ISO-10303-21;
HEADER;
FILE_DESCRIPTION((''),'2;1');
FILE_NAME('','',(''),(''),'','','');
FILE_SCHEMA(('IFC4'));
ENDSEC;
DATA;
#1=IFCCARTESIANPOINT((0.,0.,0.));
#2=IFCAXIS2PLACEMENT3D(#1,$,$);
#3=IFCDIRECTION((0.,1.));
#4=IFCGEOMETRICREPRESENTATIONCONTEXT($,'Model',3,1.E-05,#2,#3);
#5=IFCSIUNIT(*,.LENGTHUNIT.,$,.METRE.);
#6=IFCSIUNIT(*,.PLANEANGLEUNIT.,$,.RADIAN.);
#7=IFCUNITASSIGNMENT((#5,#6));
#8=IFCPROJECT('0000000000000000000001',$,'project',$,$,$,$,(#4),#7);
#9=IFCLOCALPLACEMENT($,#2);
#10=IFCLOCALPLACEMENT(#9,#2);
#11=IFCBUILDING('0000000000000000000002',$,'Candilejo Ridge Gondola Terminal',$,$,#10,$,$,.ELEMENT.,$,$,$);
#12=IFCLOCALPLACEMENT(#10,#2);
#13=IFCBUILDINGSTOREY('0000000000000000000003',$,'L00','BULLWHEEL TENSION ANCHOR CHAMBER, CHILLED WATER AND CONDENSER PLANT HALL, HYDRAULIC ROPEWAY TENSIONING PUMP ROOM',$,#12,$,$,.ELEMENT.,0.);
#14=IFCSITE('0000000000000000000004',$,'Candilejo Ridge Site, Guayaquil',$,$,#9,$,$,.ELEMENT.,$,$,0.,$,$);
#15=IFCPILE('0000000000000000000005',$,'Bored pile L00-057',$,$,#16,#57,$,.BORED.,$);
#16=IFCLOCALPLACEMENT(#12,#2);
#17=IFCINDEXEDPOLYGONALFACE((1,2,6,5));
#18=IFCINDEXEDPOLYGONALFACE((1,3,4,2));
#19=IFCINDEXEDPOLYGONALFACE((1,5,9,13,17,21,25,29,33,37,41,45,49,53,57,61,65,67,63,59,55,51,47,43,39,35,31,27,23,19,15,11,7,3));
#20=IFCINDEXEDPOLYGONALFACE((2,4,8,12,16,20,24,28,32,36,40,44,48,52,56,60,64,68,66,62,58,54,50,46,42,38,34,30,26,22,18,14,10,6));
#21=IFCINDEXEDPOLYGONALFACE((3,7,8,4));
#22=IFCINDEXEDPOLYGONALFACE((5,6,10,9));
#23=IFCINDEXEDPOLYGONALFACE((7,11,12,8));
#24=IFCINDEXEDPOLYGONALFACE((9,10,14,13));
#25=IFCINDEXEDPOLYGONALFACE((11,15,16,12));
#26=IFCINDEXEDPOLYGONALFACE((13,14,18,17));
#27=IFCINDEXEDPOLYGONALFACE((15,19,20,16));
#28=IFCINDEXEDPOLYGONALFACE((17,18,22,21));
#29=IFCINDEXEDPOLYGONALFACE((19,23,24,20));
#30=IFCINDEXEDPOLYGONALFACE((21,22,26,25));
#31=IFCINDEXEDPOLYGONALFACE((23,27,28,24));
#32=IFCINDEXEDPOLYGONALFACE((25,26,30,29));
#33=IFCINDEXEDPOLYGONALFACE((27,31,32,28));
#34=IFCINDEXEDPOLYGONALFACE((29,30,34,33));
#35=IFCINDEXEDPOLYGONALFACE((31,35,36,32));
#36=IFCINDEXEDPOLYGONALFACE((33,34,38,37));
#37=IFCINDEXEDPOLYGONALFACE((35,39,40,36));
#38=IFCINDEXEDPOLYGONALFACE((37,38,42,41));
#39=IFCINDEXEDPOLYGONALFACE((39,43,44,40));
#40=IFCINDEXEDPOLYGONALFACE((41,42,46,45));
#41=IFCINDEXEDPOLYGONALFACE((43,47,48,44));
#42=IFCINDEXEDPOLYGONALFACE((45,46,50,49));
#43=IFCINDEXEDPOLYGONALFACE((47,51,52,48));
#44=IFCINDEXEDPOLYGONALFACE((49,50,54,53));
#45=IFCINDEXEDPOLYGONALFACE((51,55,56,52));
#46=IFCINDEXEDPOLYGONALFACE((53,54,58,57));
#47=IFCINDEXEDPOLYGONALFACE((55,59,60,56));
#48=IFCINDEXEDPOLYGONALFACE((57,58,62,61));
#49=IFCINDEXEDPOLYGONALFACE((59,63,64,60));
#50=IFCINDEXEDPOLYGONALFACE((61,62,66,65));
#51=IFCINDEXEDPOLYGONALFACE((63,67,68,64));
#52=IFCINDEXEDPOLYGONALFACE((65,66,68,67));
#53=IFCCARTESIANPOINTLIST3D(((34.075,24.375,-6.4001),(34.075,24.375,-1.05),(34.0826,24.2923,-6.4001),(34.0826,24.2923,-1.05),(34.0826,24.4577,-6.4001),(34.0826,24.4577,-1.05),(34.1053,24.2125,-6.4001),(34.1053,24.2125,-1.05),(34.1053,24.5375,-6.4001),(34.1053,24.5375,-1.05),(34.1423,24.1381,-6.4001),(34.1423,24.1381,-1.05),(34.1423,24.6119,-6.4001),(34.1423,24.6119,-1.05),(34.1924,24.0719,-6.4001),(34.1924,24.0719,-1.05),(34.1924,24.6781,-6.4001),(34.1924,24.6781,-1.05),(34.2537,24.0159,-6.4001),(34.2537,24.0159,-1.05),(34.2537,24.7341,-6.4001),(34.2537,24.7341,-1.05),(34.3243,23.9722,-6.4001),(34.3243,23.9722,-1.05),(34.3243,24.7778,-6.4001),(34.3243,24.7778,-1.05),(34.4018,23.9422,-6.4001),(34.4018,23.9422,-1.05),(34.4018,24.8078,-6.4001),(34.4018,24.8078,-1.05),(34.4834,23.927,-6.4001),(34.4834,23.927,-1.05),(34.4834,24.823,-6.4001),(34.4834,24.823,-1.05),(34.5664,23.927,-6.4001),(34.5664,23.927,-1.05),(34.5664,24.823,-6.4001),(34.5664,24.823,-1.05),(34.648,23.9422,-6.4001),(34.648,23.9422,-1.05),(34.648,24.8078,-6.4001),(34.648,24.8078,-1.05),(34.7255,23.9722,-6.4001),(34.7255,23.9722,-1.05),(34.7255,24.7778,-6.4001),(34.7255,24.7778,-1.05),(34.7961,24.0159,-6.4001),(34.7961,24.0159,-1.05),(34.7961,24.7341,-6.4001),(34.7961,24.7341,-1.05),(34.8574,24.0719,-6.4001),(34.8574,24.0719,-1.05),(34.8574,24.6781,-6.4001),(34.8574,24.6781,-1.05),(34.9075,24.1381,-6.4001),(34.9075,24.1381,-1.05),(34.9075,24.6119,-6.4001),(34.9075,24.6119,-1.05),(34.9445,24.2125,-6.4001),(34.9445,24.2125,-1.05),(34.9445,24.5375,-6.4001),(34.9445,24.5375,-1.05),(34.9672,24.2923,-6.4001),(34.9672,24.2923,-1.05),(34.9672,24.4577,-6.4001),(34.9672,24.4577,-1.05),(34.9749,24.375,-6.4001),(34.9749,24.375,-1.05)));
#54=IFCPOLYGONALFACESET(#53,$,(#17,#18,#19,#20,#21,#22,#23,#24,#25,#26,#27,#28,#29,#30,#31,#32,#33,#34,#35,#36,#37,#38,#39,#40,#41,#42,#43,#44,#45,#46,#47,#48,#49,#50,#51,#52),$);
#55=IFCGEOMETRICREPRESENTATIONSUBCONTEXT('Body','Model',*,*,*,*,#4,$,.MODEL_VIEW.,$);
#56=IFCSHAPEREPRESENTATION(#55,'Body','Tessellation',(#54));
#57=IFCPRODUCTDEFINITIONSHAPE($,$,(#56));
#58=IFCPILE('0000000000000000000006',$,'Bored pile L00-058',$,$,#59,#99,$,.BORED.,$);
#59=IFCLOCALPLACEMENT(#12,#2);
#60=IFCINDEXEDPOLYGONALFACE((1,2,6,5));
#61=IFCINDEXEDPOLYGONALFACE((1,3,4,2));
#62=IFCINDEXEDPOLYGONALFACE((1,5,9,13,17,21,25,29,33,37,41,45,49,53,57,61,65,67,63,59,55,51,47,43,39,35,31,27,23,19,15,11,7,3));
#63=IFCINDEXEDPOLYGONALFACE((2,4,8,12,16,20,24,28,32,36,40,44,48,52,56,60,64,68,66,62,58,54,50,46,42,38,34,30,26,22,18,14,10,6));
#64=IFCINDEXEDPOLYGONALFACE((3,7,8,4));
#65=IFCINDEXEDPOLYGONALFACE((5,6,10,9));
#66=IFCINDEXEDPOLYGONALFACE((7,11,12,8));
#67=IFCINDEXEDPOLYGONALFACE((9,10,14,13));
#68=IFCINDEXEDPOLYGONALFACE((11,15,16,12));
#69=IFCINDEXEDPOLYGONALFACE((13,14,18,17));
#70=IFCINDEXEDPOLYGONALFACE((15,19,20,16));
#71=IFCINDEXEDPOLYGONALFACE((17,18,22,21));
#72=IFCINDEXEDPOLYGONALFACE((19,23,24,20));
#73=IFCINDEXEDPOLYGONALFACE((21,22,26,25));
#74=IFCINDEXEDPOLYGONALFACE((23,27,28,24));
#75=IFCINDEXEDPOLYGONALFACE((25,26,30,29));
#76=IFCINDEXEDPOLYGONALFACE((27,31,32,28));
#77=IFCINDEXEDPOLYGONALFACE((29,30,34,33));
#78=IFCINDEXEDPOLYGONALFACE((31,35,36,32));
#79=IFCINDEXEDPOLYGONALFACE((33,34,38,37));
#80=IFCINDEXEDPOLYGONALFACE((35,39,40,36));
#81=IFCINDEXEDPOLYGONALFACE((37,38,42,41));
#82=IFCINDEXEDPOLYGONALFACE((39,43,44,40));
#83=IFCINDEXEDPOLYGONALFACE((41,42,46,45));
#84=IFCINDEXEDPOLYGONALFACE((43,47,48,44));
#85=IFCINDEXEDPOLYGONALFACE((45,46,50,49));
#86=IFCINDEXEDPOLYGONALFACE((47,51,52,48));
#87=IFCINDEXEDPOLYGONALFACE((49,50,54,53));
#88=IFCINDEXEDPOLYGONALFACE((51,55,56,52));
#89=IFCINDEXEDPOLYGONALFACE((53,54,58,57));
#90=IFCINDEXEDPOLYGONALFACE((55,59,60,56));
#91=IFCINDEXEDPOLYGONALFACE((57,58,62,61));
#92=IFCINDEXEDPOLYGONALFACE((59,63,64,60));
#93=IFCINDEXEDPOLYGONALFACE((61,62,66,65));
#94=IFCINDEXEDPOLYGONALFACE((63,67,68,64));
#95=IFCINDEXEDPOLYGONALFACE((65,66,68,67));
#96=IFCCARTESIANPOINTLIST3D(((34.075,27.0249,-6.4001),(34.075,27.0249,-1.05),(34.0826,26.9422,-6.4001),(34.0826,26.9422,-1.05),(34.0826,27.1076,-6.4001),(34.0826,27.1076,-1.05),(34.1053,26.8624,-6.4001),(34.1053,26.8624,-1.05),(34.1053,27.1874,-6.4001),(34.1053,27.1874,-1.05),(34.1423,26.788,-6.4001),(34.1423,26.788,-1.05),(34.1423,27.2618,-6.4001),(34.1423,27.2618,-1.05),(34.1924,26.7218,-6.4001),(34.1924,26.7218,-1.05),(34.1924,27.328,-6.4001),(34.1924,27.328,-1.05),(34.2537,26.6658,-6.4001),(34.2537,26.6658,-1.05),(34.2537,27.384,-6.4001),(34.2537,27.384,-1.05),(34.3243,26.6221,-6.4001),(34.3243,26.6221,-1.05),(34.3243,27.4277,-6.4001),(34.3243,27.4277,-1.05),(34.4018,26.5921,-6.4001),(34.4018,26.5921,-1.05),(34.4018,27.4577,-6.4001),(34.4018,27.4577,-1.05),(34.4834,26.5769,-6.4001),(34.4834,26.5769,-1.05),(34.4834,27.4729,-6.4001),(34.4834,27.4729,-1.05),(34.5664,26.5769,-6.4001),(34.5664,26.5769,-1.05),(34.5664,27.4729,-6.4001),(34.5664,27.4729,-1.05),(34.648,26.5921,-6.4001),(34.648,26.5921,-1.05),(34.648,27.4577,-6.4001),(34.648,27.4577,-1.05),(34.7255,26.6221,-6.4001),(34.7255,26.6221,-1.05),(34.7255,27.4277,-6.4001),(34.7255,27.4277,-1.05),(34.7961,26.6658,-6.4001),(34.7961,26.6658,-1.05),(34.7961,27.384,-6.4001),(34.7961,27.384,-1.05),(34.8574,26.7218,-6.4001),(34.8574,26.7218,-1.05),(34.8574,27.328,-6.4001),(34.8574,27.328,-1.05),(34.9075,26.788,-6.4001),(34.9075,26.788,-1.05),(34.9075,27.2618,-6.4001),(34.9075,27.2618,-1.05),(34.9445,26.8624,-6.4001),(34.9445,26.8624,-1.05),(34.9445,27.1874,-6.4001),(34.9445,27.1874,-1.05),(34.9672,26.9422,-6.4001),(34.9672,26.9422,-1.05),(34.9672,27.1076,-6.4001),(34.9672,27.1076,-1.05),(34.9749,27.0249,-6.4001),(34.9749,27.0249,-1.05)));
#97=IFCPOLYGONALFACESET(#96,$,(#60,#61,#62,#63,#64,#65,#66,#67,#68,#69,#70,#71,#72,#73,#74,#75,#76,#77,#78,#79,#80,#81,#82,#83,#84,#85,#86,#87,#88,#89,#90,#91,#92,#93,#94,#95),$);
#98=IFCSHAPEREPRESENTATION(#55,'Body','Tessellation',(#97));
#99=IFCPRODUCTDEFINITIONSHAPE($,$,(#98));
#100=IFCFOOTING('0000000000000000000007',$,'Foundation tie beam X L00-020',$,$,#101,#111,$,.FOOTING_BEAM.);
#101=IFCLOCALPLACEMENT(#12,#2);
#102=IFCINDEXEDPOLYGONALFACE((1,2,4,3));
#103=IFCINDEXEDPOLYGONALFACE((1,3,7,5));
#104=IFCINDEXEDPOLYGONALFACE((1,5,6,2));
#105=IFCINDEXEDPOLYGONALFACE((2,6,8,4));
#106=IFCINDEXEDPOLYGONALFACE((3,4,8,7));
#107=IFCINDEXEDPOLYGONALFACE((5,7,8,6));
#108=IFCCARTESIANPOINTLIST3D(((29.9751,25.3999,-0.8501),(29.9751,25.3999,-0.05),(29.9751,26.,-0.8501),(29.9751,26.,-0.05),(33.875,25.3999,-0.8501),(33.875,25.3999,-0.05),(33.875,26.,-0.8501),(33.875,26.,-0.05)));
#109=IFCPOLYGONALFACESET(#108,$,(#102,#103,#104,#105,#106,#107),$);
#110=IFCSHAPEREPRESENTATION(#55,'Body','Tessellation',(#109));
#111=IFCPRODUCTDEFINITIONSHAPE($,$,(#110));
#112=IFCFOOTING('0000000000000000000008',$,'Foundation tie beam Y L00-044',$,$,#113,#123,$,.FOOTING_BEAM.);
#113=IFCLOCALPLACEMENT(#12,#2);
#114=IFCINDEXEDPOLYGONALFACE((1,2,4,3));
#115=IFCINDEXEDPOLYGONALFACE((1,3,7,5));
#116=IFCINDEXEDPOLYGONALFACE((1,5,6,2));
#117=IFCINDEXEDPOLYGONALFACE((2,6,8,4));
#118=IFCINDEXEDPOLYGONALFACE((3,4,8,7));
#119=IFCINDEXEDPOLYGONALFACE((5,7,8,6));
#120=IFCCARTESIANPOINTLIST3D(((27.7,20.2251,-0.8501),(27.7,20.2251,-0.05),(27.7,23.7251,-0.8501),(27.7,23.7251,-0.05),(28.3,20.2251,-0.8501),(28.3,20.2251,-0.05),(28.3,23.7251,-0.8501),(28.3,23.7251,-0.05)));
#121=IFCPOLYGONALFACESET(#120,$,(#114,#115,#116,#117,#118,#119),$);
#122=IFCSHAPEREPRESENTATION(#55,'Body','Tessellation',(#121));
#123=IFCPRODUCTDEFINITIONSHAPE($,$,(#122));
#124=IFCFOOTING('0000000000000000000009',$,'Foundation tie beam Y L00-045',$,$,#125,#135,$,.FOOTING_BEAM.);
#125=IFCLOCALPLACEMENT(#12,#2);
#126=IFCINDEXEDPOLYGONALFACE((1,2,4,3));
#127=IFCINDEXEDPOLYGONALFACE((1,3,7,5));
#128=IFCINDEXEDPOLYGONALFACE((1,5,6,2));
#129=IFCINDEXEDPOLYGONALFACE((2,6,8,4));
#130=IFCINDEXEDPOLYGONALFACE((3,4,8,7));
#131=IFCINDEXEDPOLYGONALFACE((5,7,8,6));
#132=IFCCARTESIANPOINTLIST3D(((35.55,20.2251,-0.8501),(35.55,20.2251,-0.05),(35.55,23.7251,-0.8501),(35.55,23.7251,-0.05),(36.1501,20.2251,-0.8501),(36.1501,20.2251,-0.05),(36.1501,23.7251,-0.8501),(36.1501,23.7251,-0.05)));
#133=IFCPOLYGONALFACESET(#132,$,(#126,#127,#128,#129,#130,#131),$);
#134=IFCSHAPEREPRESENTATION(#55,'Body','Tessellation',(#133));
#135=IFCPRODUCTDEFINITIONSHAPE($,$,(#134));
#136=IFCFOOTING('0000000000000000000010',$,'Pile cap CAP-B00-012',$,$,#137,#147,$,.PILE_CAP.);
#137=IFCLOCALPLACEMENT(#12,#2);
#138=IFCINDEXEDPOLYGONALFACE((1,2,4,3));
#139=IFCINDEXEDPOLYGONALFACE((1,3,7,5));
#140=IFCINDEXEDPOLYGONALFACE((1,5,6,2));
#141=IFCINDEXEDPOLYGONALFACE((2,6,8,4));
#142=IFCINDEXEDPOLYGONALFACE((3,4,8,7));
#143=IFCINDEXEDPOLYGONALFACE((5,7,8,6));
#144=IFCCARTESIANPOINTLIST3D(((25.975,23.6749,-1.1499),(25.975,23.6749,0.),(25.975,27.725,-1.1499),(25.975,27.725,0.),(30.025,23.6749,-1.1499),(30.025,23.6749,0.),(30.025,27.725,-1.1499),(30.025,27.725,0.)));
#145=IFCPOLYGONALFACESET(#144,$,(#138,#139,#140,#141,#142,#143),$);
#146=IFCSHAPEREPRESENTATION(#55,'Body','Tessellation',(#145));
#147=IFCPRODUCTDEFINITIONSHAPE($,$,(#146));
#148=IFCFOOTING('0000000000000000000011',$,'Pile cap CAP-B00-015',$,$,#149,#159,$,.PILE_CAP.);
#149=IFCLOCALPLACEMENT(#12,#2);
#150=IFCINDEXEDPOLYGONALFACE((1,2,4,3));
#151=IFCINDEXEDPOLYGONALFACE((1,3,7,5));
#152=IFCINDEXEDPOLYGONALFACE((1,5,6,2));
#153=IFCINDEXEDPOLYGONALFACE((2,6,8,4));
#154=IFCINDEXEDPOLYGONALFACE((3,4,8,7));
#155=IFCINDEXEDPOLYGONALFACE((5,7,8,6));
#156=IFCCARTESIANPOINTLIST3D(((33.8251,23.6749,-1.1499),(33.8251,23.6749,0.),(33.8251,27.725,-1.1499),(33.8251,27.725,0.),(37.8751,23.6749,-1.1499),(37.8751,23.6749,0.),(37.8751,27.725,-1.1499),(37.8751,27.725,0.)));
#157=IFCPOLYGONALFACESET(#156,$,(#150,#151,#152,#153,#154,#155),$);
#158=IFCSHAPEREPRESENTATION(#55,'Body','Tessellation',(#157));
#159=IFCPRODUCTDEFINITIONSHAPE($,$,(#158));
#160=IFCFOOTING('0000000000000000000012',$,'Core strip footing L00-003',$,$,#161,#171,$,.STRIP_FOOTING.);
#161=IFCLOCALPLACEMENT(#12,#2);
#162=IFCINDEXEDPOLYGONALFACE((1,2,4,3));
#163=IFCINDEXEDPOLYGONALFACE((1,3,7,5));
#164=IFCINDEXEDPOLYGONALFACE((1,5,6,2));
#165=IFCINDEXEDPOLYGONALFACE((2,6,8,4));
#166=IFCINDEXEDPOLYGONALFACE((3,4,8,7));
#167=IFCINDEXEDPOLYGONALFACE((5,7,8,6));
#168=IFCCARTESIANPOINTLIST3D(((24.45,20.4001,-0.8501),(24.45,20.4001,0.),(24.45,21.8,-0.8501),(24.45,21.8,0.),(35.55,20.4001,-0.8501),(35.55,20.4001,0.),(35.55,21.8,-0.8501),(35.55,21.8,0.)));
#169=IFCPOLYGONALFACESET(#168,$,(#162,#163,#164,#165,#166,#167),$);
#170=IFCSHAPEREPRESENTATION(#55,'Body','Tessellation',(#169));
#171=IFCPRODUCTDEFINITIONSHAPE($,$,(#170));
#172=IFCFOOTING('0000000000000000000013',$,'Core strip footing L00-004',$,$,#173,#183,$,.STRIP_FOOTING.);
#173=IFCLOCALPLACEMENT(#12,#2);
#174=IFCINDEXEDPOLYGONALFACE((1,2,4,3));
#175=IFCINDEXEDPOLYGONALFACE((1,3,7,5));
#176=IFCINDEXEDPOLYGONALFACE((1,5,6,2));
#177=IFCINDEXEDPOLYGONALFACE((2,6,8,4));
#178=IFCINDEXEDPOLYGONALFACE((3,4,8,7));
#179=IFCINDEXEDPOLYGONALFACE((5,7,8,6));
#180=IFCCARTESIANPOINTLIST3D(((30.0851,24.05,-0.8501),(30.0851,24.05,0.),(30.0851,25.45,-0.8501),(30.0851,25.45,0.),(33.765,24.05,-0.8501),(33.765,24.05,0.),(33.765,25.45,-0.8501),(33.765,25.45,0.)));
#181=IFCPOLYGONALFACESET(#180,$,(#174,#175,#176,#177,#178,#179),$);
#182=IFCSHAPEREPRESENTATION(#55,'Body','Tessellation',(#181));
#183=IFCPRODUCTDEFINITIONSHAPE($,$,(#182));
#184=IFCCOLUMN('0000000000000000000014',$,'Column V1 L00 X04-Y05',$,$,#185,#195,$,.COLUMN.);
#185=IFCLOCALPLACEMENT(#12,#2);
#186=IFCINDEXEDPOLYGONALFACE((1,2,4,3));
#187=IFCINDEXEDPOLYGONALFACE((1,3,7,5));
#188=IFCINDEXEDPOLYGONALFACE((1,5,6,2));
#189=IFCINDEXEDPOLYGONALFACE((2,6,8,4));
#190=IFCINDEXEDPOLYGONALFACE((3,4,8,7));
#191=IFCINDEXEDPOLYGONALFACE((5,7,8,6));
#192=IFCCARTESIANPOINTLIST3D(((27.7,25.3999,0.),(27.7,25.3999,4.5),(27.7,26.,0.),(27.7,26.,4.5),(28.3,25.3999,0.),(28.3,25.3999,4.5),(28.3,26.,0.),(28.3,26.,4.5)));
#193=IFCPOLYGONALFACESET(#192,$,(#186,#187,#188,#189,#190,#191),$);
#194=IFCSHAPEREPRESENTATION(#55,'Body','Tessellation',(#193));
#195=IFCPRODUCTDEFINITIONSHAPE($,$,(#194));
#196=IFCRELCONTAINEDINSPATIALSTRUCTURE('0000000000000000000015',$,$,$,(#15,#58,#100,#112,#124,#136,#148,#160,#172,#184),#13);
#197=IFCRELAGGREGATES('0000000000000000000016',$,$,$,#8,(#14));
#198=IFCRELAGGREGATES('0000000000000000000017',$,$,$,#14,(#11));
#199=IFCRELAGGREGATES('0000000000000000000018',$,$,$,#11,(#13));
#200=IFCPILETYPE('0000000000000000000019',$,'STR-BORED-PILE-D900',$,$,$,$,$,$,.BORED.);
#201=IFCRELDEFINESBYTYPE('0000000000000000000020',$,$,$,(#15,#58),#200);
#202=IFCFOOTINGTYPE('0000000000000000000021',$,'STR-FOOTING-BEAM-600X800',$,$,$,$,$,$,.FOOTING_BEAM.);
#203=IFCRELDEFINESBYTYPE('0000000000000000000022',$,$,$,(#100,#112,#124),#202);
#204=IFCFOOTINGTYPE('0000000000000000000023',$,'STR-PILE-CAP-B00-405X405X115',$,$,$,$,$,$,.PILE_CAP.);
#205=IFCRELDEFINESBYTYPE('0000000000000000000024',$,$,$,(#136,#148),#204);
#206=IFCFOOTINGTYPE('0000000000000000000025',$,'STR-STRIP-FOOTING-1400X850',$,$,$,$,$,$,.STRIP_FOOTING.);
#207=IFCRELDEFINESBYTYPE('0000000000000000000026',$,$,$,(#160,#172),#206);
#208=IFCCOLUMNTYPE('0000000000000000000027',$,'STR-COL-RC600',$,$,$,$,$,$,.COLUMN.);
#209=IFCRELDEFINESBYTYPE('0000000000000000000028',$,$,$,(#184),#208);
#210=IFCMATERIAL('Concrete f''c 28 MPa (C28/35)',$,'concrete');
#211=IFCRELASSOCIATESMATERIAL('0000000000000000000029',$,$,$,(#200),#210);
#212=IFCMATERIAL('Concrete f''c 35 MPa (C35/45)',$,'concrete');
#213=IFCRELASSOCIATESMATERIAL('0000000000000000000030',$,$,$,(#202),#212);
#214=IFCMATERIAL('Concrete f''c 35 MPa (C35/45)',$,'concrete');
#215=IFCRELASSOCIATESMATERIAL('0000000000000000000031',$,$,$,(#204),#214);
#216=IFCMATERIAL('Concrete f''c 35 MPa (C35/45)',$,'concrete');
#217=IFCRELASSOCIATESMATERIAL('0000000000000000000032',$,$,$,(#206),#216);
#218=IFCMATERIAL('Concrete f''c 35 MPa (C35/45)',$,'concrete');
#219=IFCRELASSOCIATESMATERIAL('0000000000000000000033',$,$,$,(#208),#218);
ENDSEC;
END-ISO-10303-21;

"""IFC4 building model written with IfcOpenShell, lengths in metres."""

from ifc_helpers import new_model, si_unit, direction, frame, origin, origin_2d, place, context, subcontext, project, spatial, rectangle, circle, extrude, material, material_profile, profile_set, type_object, element, save


model = new_model("IFC4")

# Units and contexts
model_context = context("Model", 3, precision=1e-05, world=origin(), true_north=direction((0.0, 1.0)))
body_context = subcontext(model_context, "Body", "Model", "MODEL_VIEW")
ifc_project = project(units=[si_unit("LENGTHUNIT", "METRE"), si_unit("PLANEANGLEUNIT", "RADIAN")], contexts=[model_context])

# Site, building, storey
site_placement = place(None, origin())
site = spatial("IfcSite", under=ifc_project, at=site_placement, Name="Candilejo Ridge Site, Guayaquil", CompositionType="ELEMENT", RefElevation=0.0)
building_placement = place(site_placement, origin())
building = spatial("IfcBuilding", under=site, at=building_placement, Name="Candilejo Ridge Gondola Terminal", CompositionType="ELEMENT")
storey_placement = place(building_placement, origin())
storey = spatial("IfcBuildingStorey", under=building, at=storey_placement, Name="L00", Description="BULLWHEEL TENSION ANCHOR CHAMBER, CHILLED WATER AND CONDENSER PLANT HALL, HYDRAULIC ROPEWAY TENSIONING PUMP ROOM", CompositionType="ELEMENT", Elevation=0.0)

# Piles
ifc_material_1 = material(Name="Concrete f'c 28 MPa (C28/35)", Category="concrete")
ifc_material_profile_1 = material_profile(ifc_material_1, circle(Radius=0.45, at=origin_2d()))
ifc_profile_set_1 = profile_set([ifc_material_profile_1], Name="Concrete f'c 28 MPa (C28/35)")
pile_type = type_object("IfcPileType", Name="STR-BORED-PILE-D900", PredefinedType="BORED", material=ifc_profile_set_1)
for number, where, z_axis, x_axis, name in (
    (1, (34.5249, 24.375, -1.05), (0.0, 0.0, -1.0), (1.0, 0.0, 0.0), "Bored pile L00-057"),
    (2, (34.5249, 27.0249, -1.05), (0.0, 0.0, -1.0), (1.0, 0.0, 0.0), "Bored pile L00-058"),
):
    element("IfcPile", number, at=place(storey_placement, frame(where, z_axis=z_axis, x_axis=x_axis)), inside=storey, type_object=pile_type, Name=name, PredefinedType="BORED", context=body_context, shape_type="SweptSolid", body=[
        extrude(circle(Radius=0.45, at=origin_2d()), origin(), (0.0, 0.0, 1.0), 5.3501),
    ])

# Footings
ifc_material_2 = material(Name="Concrete f'c 35 MPa (C35/45)", Category="concrete")
footing_type_1 = type_object("IfcFootingType", Name="STR-FOOTING-BEAM-600X800", PredefinedType="FOOTING_BEAM", material=ifc_material_2)
footing_1_placement = place(storey_placement, frame((31.925, 25.7, -0.8501), z_axis=(0.0, 0.0, 1.0), x_axis=(1.0, 0.0, 0.0)))
element("IfcFooting", 3, at=footing_1_placement, inside=storey, type_object=footing_type_1, Name="Foundation tie beam X L00-020", PredefinedType="FOOTING_BEAM", context=body_context, shape_type="SweptSolid", body=[
    extrude(rectangle(XDim=3.8999, YDim=0.6001, at=origin_2d()), origin(), (0.0, 0.0, 1.0), 0.8),
])
for number, where, z_axis, x_axis, name in (
    (4, (28.0, 21.9751, -0.8501), (0.0, 0.0, 1.0), (1.0, 0.0, 0.0), "Foundation tie beam Y L00-044"),
    (5, (35.8501, 21.9751, -0.8501), (0.0, 0.0, 1.0), (1.0, 0.0, 0.0), "Foundation tie beam Y L00-045"),
):
    element("IfcFooting", number, at=place(storey_placement, frame(where, z_axis=z_axis, x_axis=x_axis)), inside=storey, type_object=footing_type_1, Name=name, PredefinedType="FOOTING_BEAM", context=body_context, shape_type="SweptSolid", body=[
        extrude(rectangle(XDim=0.6001, YDim=3.5, at=origin_2d()), origin(), (0.0, 0.0, 1.0), 0.8),
    ])
ifc_material_3 = material(Name="Concrete f'c 35 MPa (C35/45)", Category="concrete")
footing_type_2 = type_object("IfcFootingType", Name="STR-PILE-CAP-B00-405X405X115", PredefinedType="PILE_CAP", material=ifc_material_3)
for number, where, z_axis, x_axis, name in (
    (6, (28.0, 25.7, -1.1499), (0.0, 0.0, 1.0), (1.0, 0.0, 0.0), "Pile cap CAP-B00-012"),
    (7, (35.8501, 25.7, -1.1499), (0.0, 0.0, 1.0), (1.0, 0.0, 0.0), "Pile cap CAP-B00-015"),
):
    element("IfcFooting", number, at=place(storey_placement, frame(where, z_axis=z_axis, x_axis=x_axis)), inside=storey, type_object=footing_type_2, Name=name, PredefinedType="PILE_CAP", context=body_context, shape_type="SweptSolid", body=[
        extrude(rectangle(XDim=4.05, YDim=4.05, at=origin_2d()), origin(), (0.0, 0.0, 1.0), 1.1499),
    ])
ifc_material_4 = material(Name="Concrete f'c 35 MPa (C35/45)", Category="concrete")
footing_type_3 = type_object("IfcFootingType", Name="STR-STRIP-FOOTING-1400X850", PredefinedType="STRIP_FOOTING", material=ifc_material_4)
footing_2_placement = place(storey_placement, frame((30.0, 21.1001, -0.8501), z_axis=(0.0, 0.0, 1.0), x_axis=(1.0, 0.0, 0.0)))
element("IfcFooting", 8, at=footing_2_placement, inside=storey, type_object=footing_type_3, Name="Core strip footing L00-003", PredefinedType="STRIP_FOOTING", context=body_context, shape_type="SweptSolid", body=[
    extrude(rectangle(XDim=11.1001, YDim=1.3999, at=origin_2d()), origin(), (0.0, 0.0, 1.0), 0.8501),
])
footing_3_placement = place(storey_placement, frame((31.925, 24.75, -0.8501), z_axis=(0.0, 0.0, 1.0), x_axis=(1.0, 0.0, 0.0)))
element("IfcFooting", 9, at=footing_3_placement, inside=storey, type_object=footing_type_3, Name="Core strip footing L00-004", PredefinedType="STRIP_FOOTING", context=body_context, shape_type="SweptSolid", body=[
    extrude(rectangle(XDim=3.6799, YDim=1.3999, at=origin_2d()), origin(), (0.0, 0.0, 1.0), 0.8501),
])

# Column
ifc_material_5 = material(Name="Concrete f'c 35 MPa (C35/45)", Category="concrete")
ifc_material_profile_2 = material_profile(ifc_material_5, rectangle(XDim=0.6001, YDim=0.6001, at=origin_2d()))
ifc_profile_set_2 = profile_set([ifc_material_profile_2], Name="Concrete f'c 35 MPa (C35/45)")
column_type = type_object("IfcColumnType", Name="STR-COL-RC600", PredefinedType="COLUMN", material=ifc_profile_set_2)
column_placement = place(storey_placement, frame((28.0, 25.7, 0.0), z_axis=(0.0, 0.0, 1.0), x_axis=(1.0, 0.0, 0.0)))
element("IfcColumn", 10, at=column_placement, inside=storey, type_object=column_type, Name="Column V1 L00 X04-Y05", PredefinedType="COLUMN", context=body_context, shape_type="SweptSolid", body=[
    extrude(rectangle(XDim=0.6001, YDim=0.6001, at=origin_2d()), origin(), (0.0, 0.0, 1.0), 4.5),
])

save(model, "model.ifc")
